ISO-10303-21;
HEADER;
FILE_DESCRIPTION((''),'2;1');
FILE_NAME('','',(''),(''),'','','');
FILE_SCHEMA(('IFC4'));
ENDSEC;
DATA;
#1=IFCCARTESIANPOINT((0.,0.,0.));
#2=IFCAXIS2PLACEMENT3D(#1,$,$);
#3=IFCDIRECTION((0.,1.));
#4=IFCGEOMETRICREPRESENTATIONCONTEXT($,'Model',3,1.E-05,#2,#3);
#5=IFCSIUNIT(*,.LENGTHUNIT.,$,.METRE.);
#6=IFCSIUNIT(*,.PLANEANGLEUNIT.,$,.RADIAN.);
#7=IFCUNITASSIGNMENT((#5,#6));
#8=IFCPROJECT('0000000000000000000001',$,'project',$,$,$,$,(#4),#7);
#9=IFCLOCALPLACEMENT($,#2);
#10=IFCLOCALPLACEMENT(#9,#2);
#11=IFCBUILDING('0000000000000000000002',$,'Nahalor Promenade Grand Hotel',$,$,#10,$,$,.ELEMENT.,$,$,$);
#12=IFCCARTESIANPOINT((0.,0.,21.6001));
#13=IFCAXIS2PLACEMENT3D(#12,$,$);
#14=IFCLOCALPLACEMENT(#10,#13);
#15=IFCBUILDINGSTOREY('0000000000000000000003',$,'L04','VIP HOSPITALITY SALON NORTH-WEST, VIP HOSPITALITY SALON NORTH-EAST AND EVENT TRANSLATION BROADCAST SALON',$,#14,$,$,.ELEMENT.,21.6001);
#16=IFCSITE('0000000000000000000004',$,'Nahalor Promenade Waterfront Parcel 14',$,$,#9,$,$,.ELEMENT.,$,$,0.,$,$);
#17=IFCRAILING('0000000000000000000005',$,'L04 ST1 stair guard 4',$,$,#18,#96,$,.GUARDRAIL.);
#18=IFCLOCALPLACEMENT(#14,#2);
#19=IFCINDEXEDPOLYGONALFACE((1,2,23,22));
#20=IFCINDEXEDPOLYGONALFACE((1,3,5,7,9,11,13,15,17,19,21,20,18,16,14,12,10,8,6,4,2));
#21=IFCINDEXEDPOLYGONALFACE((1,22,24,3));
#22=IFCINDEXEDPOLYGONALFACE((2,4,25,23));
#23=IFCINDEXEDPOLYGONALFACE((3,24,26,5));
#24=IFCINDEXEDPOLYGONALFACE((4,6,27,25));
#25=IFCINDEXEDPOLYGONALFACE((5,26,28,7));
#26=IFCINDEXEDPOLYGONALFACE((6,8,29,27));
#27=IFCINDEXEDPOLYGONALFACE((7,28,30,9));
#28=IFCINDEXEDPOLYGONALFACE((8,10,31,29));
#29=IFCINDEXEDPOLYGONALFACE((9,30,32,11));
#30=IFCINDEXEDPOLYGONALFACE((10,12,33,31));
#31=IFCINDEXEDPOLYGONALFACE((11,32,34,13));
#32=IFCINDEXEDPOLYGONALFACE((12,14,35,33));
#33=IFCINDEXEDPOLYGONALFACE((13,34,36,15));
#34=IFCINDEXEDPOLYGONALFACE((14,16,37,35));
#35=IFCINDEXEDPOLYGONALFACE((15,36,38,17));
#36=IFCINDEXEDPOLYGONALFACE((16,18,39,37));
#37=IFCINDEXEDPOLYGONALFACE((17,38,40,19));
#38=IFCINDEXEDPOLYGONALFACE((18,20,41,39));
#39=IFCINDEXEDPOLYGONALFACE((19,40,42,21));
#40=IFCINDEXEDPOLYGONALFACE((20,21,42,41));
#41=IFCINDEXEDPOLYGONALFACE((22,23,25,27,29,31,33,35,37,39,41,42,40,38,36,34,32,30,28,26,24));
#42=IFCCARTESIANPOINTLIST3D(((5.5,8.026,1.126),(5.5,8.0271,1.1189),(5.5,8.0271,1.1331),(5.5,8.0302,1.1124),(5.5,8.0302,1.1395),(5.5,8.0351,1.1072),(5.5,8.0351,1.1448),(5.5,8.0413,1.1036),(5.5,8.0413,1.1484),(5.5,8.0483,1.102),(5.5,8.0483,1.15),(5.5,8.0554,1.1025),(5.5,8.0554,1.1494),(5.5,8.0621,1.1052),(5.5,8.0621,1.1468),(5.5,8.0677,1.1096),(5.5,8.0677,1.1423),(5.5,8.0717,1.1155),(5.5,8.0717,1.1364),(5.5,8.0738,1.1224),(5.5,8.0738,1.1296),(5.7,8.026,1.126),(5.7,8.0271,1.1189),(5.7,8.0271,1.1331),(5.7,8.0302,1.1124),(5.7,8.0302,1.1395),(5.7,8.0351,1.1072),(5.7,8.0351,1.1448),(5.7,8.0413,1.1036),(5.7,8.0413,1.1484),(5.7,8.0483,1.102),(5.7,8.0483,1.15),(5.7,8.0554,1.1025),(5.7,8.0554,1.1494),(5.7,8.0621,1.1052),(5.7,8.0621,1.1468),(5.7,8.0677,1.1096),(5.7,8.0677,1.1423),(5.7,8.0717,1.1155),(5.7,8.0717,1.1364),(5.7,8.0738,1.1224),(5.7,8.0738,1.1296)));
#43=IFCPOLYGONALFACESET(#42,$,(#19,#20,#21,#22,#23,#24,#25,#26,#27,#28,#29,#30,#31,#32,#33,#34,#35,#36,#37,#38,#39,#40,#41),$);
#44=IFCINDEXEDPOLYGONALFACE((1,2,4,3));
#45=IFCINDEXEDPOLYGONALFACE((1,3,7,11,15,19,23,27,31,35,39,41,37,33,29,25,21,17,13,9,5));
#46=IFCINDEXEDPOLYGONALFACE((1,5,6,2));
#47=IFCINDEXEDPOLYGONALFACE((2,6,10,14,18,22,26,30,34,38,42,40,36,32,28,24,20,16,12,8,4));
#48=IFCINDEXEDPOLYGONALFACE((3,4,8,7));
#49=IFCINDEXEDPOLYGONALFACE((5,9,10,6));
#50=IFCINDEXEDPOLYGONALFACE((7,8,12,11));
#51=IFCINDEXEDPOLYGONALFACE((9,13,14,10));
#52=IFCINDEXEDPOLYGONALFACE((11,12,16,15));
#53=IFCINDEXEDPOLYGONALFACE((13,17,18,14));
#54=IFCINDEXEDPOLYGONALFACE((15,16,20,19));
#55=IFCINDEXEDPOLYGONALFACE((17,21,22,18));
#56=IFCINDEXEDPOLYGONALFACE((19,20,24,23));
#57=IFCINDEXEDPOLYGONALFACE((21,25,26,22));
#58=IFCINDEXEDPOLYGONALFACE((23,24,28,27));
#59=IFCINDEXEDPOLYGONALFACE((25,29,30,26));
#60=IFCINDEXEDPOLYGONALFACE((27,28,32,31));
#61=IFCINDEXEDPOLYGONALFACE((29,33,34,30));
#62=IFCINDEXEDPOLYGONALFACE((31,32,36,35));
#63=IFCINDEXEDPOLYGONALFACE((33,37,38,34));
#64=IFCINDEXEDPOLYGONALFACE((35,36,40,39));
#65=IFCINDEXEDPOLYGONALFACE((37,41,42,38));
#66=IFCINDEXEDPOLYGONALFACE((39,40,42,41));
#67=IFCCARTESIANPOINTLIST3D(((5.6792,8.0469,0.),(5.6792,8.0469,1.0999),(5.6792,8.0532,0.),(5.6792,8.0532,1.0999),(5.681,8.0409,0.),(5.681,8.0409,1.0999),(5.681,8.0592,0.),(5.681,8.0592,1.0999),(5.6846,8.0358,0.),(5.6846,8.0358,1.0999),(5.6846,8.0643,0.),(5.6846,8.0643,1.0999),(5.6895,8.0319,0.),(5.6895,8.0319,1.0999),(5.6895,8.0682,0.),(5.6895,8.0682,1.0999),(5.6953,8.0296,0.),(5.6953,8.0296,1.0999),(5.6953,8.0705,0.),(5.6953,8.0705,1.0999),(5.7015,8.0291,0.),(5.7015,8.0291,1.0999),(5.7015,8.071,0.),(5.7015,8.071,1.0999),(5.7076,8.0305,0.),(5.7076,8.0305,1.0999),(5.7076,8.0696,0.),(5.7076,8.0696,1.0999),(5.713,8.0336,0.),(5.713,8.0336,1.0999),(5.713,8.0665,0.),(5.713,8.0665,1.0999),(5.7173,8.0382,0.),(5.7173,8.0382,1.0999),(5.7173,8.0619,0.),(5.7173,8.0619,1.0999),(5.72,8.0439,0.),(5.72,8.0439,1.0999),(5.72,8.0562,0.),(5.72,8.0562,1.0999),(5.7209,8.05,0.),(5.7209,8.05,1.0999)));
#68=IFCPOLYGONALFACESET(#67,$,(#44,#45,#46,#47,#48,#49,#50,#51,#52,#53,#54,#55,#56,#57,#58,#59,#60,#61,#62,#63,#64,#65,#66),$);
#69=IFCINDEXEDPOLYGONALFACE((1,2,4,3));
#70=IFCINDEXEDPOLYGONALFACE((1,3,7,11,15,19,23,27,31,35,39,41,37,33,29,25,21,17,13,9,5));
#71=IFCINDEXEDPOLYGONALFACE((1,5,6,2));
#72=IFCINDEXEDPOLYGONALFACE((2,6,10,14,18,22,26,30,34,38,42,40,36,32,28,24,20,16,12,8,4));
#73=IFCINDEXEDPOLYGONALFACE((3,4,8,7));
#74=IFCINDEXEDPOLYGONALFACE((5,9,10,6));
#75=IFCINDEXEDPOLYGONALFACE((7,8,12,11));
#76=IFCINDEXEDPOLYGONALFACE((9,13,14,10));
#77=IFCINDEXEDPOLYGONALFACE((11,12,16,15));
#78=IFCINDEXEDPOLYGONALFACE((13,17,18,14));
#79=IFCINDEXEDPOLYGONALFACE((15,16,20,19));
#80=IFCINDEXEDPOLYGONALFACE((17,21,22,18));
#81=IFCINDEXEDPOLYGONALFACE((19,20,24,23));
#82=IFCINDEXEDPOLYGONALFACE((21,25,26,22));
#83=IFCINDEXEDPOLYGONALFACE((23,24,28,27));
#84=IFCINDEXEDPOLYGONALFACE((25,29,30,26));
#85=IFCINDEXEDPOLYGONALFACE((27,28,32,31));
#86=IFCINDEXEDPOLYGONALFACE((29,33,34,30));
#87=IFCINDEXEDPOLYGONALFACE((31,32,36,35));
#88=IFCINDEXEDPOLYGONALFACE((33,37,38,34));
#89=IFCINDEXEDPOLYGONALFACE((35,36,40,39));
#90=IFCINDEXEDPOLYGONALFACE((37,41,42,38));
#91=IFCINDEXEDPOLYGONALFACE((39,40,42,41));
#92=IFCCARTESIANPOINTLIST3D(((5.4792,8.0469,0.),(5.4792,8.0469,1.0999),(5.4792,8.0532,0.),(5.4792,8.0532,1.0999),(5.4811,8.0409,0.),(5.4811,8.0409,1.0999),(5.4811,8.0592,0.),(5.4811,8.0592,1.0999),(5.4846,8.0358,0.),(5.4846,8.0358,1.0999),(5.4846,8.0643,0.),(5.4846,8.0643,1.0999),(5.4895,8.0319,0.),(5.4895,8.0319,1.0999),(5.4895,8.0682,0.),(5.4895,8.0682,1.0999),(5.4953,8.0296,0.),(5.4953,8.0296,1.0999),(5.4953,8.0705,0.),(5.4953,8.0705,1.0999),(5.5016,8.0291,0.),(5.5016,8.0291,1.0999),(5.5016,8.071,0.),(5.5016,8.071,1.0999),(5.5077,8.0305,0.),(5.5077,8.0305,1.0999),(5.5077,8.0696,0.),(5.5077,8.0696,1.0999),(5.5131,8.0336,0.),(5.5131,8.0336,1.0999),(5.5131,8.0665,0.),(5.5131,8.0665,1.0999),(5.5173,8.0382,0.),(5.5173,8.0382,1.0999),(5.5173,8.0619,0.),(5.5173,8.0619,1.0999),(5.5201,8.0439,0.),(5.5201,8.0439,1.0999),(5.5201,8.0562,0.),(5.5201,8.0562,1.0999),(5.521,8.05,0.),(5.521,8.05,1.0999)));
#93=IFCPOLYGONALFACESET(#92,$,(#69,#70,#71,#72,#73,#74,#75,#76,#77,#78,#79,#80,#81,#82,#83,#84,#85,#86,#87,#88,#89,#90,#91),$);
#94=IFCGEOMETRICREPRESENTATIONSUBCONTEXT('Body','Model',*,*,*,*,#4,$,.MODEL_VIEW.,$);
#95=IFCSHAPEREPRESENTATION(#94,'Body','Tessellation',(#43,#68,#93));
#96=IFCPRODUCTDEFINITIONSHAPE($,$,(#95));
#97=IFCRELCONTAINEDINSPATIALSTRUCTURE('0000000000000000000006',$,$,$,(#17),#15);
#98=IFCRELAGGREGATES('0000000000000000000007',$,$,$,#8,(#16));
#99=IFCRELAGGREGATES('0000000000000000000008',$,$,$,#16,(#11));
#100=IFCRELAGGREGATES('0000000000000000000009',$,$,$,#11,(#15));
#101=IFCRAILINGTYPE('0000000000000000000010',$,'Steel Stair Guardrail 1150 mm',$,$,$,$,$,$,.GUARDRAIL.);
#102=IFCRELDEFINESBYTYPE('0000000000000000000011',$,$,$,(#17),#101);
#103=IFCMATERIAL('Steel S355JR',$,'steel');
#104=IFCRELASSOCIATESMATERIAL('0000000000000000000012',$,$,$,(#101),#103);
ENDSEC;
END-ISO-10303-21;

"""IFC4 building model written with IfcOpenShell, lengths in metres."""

from ifc_helpers import new_model, si_unit, direction, frame, origin, origin_2d, place, context, subcontext, project, spatial, circle, extrude, material, type_object, element, save


model = new_model("IFC4")

# Units and contexts
model_context = context("Model", 3, precision=1e-05, world=origin(), true_north=direction((0.0, 1.0)))
body_context = subcontext(model_context, "Body", "Model", "MODEL_VIEW")
ifc_project = project(units=[si_unit("LENGTHUNIT", "METRE"), si_unit("PLANEANGLEUNIT", "RADIAN")], contexts=[model_context])

# Site, building, storey
site_placement = place(None, origin())
site = spatial("IfcSite", under=ifc_project, at=site_placement, Name="Nahalor Promenade Waterfront Parcel 14", CompositionType="ELEMENT", RefElevation=0.0)
building_placement = place(site_placement, origin())
building = spatial("IfcBuilding", under=site, at=building_placement, Name="Nahalor Promenade Grand Hotel", CompositionType="ELEMENT")
storey_placement = place(building_placement, frame((0.0, 0.0, 21.6001)))
storey = spatial("IfcBuildingStorey", under=building, at=storey_placement, Name="L04", Description="VIP HOSPITALITY SALON NORTH-WEST, VIP HOSPITALITY SALON NORTH-EAST AND EVENT TRANSLATION BROADCAST SALON", CompositionType="ELEMENT", Elevation=21.6001)

# Shared definitions
ifc_material_1 = material(Name="Steel S355JR", Category="steel")

# Railing
railing_type_1 = type_object("IfcRailingType", Name="Steel Stair Guardrail 1150 mm", PredefinedType="GUARDRAIL", material=ifc_material_1)
railing_1_placement = place(storey_placement, frame((5.7, 8.05, 0.0)))
element("IfcRailing", 1, at=railing_1_placement, inside=storey, type_object=railing_type_1, Name="L04 ST1 stair guard 4", PredefinedType="GUARDRAIL", context=body_context, shape_type="SweptSolid", body=[
    extrude(circle(Radius=0.024, at=origin_2d()), frame((0.0, 0.0, 1.126), z_axis=(-1.0, 0.0, 0.0), x_axis=(0.0, -1.0, 0.0)), (0.0, 0.0, 1.0), 0.2),
    extrude(circle(Radius=0.021, at=origin_2d()), origin(), (0.0, 0.0, 1.0), 1.0999),
    extrude(circle(Radius=0.021, at=origin_2d()), frame((-0.2, 0.0, 0.0)), (0.0, 0.0, 1.0), 1.0999),
])

save(model, "model.ifc")
